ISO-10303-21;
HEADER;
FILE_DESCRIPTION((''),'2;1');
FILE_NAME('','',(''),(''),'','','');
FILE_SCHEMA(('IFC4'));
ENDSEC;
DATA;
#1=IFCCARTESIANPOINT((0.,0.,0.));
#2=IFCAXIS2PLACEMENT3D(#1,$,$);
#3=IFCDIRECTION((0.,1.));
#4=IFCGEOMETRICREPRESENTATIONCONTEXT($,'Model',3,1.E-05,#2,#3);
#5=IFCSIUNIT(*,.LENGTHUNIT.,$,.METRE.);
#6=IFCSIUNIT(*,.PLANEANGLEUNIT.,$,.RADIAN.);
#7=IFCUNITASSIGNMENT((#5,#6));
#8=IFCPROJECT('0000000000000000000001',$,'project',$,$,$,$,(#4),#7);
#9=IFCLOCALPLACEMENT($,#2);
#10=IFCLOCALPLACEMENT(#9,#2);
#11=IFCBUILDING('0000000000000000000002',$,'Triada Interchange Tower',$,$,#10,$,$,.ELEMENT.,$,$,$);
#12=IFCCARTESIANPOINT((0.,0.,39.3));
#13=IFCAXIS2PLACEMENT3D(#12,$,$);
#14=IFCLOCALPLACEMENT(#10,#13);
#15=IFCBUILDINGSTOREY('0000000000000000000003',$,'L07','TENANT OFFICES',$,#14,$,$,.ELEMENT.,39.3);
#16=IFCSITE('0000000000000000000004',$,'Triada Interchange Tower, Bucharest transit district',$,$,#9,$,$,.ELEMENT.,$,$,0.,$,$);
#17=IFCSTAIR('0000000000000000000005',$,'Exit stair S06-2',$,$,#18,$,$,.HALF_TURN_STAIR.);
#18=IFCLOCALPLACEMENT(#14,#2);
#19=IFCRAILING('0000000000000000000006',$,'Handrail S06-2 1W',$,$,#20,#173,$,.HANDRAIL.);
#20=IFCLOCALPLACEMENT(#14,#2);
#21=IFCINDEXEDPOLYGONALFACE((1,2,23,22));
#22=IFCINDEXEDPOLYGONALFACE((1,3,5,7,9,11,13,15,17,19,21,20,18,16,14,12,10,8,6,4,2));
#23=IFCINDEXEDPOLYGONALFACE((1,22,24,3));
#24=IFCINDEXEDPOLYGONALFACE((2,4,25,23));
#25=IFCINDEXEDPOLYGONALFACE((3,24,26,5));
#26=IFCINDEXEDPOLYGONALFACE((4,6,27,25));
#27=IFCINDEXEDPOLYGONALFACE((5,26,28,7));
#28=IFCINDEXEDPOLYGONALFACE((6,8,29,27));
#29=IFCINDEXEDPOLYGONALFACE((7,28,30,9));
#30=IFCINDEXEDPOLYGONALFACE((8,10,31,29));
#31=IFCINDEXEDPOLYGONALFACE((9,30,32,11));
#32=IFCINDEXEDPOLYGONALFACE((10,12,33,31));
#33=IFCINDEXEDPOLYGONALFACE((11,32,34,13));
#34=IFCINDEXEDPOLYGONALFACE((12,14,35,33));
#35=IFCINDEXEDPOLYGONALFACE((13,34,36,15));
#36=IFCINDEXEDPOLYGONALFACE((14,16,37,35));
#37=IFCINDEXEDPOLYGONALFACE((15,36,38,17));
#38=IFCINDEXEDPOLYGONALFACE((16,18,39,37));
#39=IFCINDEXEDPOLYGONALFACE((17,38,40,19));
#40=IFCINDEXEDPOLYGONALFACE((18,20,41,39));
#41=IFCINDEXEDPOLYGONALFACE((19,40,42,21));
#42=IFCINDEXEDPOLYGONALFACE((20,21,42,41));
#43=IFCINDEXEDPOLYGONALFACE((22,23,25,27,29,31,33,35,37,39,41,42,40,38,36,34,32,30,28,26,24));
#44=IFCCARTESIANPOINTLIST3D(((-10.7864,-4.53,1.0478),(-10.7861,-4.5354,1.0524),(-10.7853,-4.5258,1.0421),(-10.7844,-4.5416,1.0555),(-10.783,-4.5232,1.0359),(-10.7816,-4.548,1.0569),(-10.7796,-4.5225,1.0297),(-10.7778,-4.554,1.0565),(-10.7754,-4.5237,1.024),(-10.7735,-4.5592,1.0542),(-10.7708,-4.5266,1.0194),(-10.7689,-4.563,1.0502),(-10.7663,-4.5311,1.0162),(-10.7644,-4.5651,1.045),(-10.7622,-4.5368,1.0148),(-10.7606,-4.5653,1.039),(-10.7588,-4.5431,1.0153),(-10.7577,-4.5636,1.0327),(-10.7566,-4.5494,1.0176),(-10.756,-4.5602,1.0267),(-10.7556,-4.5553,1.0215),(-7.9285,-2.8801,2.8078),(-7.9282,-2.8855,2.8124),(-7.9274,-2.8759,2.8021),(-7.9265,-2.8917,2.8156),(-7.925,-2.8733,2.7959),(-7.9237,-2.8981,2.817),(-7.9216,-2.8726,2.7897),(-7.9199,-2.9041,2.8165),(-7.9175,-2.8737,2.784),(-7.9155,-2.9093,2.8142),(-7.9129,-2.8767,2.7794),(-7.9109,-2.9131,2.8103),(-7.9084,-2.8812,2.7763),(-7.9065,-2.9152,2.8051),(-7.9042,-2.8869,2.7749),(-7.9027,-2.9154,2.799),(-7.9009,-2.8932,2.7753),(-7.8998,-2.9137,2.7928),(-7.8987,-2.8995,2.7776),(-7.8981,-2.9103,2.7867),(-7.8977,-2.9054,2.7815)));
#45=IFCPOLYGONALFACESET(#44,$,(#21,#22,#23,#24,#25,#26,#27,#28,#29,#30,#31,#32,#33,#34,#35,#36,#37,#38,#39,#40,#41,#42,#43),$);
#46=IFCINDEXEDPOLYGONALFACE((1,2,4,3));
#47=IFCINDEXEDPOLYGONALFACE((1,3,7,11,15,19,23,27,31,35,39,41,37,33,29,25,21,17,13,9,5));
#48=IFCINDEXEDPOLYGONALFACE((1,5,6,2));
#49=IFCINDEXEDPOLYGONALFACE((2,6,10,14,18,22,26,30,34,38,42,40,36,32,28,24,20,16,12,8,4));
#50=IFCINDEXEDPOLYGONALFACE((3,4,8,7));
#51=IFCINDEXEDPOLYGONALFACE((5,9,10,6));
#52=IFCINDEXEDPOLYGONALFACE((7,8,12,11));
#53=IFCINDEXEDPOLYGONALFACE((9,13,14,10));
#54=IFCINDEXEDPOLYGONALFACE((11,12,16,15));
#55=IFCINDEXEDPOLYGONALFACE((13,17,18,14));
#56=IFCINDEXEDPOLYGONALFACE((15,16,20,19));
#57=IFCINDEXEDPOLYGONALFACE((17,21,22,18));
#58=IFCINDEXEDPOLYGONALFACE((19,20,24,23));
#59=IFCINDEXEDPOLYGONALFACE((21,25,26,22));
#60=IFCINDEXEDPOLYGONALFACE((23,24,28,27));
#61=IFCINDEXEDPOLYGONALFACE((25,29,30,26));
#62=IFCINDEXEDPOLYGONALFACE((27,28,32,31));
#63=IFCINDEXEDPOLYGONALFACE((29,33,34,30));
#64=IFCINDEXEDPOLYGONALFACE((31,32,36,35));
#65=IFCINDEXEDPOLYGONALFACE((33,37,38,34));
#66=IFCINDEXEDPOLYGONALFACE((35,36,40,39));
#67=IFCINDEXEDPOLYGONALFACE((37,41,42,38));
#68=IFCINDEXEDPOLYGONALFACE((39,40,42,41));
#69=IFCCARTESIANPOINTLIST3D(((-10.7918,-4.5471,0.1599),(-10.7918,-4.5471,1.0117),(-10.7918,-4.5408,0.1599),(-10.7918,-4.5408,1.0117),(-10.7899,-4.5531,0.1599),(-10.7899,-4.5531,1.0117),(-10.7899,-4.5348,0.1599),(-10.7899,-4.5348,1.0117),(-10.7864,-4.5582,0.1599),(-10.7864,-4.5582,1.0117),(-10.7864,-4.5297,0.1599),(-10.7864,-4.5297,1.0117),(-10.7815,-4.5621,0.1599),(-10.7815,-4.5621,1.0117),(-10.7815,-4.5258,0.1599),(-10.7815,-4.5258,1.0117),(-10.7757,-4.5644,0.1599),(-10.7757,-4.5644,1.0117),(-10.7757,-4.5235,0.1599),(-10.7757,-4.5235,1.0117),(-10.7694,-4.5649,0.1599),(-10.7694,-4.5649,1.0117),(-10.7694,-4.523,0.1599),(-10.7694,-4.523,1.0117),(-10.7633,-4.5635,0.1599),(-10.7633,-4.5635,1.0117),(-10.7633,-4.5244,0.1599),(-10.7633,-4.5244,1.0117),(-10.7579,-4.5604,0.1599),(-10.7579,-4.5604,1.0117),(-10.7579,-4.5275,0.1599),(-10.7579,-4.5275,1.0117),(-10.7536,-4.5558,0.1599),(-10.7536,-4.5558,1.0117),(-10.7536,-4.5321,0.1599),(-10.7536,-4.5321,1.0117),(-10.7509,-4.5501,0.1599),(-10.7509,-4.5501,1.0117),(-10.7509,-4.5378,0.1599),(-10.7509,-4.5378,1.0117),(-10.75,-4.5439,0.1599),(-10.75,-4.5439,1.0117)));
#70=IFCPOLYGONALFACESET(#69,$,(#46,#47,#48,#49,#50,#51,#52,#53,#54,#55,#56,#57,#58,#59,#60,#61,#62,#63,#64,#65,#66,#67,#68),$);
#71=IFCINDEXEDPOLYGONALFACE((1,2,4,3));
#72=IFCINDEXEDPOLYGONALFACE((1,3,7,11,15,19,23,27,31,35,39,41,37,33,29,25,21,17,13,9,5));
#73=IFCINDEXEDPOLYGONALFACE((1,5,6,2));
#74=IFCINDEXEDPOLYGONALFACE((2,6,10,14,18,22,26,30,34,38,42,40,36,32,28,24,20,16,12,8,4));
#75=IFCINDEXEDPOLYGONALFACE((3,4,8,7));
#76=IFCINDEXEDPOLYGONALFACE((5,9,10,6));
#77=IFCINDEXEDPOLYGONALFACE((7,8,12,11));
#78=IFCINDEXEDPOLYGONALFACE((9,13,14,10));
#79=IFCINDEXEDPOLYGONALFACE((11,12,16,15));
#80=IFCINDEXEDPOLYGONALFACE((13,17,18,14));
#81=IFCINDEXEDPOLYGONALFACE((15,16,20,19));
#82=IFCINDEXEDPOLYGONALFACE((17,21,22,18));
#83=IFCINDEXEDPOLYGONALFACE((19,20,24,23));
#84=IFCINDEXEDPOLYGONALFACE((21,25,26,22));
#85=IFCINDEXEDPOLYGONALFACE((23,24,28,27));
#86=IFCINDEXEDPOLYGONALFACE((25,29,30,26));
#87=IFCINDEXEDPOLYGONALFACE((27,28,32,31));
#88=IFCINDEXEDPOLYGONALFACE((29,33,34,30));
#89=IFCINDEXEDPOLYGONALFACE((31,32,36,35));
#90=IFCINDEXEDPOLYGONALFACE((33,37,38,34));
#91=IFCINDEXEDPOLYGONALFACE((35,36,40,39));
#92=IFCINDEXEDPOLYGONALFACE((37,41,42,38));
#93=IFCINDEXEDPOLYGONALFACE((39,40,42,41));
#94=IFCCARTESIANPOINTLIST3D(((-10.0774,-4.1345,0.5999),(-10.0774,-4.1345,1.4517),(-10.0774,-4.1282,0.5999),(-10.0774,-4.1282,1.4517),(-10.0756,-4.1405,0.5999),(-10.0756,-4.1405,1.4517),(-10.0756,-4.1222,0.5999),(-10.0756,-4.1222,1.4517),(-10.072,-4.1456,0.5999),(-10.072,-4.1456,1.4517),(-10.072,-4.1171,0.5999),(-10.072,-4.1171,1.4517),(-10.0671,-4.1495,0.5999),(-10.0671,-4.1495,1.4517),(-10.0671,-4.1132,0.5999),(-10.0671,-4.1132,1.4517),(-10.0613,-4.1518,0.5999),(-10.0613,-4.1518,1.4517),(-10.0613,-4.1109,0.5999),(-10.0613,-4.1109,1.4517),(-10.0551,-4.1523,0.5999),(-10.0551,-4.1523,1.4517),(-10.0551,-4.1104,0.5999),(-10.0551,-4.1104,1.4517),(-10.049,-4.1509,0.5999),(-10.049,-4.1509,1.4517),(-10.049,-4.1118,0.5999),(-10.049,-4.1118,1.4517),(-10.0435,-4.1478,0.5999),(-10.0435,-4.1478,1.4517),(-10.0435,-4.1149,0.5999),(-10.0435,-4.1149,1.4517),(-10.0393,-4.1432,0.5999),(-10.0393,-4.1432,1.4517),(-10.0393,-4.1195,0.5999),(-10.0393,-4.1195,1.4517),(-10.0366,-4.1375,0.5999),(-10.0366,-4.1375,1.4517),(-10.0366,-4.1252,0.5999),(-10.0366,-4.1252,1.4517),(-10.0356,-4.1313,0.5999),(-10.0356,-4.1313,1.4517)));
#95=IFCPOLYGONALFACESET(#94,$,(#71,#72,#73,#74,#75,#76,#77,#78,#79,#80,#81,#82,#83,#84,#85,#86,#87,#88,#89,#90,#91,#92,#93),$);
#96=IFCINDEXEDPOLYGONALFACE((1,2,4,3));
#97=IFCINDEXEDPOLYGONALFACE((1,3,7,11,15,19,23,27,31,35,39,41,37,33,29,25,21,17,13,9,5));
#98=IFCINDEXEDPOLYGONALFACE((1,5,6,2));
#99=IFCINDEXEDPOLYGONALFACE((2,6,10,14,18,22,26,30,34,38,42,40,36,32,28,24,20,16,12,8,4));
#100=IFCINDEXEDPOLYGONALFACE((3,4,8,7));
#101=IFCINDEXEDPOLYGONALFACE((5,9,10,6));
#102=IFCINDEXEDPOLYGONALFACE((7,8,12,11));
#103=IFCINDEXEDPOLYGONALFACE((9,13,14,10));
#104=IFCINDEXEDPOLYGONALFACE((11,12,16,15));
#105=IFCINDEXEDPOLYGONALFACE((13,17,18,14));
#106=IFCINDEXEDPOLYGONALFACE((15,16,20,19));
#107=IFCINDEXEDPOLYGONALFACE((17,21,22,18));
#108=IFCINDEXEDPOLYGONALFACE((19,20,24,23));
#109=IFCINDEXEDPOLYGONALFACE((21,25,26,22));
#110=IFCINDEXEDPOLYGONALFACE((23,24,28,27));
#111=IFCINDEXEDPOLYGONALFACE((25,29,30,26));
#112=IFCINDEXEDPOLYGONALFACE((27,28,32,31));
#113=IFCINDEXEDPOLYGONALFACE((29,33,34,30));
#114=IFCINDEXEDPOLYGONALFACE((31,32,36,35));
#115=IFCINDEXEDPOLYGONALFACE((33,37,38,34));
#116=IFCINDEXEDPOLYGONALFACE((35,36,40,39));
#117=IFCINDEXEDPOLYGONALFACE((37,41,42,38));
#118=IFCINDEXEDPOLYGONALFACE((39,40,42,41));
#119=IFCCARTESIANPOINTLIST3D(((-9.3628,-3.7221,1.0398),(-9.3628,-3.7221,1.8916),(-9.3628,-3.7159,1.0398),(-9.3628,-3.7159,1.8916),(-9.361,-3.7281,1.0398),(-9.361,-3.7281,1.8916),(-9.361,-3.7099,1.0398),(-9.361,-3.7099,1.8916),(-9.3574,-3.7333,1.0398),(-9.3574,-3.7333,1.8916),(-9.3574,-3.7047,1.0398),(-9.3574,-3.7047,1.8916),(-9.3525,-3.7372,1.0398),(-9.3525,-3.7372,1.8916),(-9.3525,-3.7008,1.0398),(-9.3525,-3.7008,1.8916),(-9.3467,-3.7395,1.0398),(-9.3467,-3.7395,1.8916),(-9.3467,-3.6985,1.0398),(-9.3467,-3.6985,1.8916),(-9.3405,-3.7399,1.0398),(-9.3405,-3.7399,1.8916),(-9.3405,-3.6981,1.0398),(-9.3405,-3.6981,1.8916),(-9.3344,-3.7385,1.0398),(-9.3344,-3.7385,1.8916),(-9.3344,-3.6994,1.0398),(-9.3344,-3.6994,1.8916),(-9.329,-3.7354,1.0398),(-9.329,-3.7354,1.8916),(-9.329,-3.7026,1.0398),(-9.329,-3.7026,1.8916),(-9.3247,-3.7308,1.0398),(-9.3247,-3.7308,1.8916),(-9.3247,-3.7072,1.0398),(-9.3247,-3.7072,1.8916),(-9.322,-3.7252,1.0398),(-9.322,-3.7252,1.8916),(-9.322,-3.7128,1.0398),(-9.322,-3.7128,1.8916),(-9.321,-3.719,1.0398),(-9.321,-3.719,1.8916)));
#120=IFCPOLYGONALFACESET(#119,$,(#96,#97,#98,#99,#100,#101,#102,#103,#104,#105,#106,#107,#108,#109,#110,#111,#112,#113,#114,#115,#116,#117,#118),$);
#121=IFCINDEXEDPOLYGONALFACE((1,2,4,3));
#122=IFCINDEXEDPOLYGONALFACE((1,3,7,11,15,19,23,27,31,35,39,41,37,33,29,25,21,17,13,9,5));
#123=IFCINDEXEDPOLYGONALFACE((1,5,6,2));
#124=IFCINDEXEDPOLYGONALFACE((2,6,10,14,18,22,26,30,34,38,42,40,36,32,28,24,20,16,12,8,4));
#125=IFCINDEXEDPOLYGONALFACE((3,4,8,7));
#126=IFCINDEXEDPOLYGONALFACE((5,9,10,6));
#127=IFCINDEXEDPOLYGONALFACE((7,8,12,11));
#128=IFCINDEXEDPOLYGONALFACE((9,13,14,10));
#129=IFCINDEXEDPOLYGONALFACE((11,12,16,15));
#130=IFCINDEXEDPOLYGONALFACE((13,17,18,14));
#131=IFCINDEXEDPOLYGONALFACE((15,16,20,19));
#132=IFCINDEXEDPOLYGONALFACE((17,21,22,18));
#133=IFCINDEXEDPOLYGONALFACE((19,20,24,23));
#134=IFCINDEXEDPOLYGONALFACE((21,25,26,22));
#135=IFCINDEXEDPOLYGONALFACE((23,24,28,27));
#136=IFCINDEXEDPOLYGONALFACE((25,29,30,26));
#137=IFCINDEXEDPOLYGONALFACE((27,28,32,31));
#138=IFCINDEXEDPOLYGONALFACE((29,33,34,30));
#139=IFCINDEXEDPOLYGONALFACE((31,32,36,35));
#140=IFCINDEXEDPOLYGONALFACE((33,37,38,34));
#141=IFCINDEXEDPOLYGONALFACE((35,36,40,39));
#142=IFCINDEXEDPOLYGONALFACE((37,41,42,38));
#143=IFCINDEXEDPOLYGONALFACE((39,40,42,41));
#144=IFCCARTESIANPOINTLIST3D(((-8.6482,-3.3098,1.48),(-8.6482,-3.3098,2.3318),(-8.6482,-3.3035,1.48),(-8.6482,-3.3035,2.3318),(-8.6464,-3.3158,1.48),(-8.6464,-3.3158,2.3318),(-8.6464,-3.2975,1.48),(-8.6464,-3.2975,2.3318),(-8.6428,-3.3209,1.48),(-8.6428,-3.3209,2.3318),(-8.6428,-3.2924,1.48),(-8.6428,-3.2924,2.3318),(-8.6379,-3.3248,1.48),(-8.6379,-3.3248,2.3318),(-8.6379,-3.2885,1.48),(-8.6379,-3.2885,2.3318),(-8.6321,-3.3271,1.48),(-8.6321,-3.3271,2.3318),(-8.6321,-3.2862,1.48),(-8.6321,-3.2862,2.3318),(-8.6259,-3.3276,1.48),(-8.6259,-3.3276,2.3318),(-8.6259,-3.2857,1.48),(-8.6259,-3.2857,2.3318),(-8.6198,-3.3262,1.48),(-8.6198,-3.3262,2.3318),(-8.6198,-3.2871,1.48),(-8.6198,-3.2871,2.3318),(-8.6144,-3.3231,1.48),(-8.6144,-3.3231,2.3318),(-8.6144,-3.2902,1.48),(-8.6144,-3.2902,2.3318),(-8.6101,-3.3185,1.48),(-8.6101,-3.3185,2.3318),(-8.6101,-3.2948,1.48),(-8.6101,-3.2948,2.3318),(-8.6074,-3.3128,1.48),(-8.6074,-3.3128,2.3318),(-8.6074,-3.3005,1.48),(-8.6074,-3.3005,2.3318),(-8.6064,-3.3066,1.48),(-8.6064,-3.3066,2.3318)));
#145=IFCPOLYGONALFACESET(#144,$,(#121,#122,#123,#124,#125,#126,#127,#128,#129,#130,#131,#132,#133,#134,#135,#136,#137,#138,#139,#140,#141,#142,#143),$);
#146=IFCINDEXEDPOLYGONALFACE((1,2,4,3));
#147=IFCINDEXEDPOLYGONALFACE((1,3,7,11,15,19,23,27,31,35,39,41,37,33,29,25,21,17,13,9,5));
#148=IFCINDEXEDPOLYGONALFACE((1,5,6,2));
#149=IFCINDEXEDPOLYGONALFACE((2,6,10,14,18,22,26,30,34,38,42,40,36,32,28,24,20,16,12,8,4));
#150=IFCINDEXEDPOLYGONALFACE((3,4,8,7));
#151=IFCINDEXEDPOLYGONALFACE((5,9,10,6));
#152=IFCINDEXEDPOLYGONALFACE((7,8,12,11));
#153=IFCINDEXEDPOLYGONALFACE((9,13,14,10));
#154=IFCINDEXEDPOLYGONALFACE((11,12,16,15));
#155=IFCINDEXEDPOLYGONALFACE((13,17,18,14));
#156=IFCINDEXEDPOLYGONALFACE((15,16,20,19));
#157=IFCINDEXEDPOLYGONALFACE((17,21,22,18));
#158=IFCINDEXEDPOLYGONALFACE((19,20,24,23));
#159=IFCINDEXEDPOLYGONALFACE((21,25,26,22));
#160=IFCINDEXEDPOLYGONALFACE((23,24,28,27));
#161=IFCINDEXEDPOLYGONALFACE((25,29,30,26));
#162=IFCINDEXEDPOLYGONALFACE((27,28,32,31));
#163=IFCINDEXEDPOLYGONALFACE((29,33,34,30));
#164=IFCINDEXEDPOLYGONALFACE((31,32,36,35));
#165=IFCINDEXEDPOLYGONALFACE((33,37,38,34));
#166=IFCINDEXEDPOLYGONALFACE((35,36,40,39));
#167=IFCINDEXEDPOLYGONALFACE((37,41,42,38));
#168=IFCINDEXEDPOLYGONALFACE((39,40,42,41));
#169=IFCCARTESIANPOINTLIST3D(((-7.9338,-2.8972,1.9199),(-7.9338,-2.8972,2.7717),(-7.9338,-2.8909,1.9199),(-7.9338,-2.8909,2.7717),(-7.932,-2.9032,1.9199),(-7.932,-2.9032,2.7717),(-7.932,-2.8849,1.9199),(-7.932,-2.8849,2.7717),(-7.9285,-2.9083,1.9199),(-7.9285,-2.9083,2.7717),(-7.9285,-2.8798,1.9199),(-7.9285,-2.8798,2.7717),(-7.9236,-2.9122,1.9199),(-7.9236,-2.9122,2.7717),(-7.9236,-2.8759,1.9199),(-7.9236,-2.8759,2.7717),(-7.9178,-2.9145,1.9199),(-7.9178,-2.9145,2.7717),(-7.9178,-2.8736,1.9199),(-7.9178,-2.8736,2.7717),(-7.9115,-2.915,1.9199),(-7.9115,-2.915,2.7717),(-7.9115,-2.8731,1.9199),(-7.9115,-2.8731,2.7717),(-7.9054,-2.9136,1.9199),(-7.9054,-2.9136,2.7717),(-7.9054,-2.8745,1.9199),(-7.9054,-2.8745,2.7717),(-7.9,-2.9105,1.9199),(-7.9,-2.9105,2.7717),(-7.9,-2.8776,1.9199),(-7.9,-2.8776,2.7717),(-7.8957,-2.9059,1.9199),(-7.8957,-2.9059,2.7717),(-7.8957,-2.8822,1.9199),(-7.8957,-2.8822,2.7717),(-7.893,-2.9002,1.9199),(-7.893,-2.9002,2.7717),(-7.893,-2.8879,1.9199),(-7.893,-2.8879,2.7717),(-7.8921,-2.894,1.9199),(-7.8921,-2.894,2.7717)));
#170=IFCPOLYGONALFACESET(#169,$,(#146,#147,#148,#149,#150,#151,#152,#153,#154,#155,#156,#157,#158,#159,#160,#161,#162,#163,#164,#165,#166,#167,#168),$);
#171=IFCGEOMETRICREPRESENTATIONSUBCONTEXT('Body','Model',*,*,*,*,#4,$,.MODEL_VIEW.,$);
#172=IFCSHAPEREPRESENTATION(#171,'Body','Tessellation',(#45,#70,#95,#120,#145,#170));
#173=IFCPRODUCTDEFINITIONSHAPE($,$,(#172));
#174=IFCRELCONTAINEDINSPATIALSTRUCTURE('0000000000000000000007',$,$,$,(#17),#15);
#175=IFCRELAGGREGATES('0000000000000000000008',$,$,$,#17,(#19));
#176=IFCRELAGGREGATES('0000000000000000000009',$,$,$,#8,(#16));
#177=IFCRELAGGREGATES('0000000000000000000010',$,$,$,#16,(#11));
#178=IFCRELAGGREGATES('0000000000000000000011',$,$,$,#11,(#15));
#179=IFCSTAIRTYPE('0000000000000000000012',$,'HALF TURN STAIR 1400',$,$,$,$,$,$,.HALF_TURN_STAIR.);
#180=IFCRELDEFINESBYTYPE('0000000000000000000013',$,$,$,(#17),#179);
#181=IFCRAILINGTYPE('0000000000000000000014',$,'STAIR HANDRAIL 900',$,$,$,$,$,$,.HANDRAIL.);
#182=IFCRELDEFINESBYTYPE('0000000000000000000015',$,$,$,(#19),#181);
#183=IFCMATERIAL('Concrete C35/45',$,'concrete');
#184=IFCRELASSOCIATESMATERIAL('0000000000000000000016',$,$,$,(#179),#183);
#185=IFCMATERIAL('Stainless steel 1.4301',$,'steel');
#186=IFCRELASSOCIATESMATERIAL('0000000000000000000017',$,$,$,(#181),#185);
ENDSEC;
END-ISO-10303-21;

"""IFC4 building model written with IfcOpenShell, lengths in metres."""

from ifc_helpers import new_model, si_unit, direction, frame, origin, origin_2d, place, context, subcontext, project, spatial, circle, extrude, material, type_object, element, aggregate, save


model = new_model("IFC4")

# Units and contexts
model_context = context("Model", 3, precision=1e-05, world=origin(), true_north=direction((0.0, 1.0)))
body_context = subcontext(model_context, "Body", "Model", "MODEL_VIEW")
ifc_project = project(units=[si_unit("LENGTHUNIT", "METRE"), si_unit("PLANEANGLEUNIT", "RADIAN")], contexts=[model_context])

# Site, building, storey
site_placement = place(None, origin())
site = spatial("IfcSite", under=ifc_project, at=site_placement, Name="Triada Interchange Tower, Bucharest transit district", CompositionType="ELEMENT", RefElevation=0.0)
building_placement = place(site_placement, origin())
building = spatial("IfcBuilding", under=site, at=building_placement, Name="Triada Interchange Tower", CompositionType="ELEMENT")
storey_placement = place(building_placement, frame((0.0, 0.0, 39.3)))
storey = spatial("IfcBuildingStorey", under=building, at=storey_placement, Name="L07", Description="TENANT OFFICES", CompositionType="ELEMENT", Elevation=39.3)

# Stair, railing
ifc_material_1 = material(Name="Concrete C35/45", Category="concrete")
stair_type = type_object("IfcStairType", Name="HALF TURN STAIR 1400", PredefinedType="HALF_TURN_STAIR", material=ifc_material_1)
stair_placement = place(storey_placement, origin())
stair = element("IfcStair", 1, at=stair_placement, inside=storey, type_object=stair_type, Name="Exit stair S06-2", PredefinedType="HALF_TURN_STAIR")
ifc_material_2 = material(Name="Stainless steel 1.4301", Category="steel")
railing_type = type_object("IfcRailingType", Name="STAIR HANDRAIL 900", PredefinedType="HANDRAIL", material=ifc_material_2)
railing_1_placement = place(storey_placement, frame((-10.771, -4.5439, 0.1599)))
railing_1 = element("IfcRailing", 2, at=railing_1_placement, type_object=railing_type, Name="Handrail S06-2 1W", PredefinedType="HANDRAIL", context=body_context, shape_type="SweptSolid", body=[
    extrude(circle(Radius=0.0239, at=origin_2d()), frame((0.0, 0.0, 0.876), z_axis=(0.764151, 0.441153, 0.470593), x_axis=(-0.499974, 0.86604, 0.0)), (0.0, 0.0, 1.0), 3.74),
    extrude(circle(Radius=0.021, at=origin_2d()), origin(), (0.0, 0.0, 1.0), 0.8518),
    extrude(circle(Radius=0.021, at=origin_2d()), frame((0.7144, 0.4126, 0.4399)), (0.0, 0.0, 1.0), 0.8518),
    extrude(circle(Radius=0.021, at=origin_2d()), frame((1.429, 0.825, 0.8799)), (0.0, 0.0, 1.0), 0.8518),
    extrude(circle(Radius=0.021, at=origin_2d()), frame((2.1436, 1.2373, 1.3201)), (0.0, 0.0, 1.0), 0.8518),
    extrude(circle(Radius=0.021, at=origin_2d()), frame((2.8579, 1.6499, 1.76)), (0.0, 0.0, 1.0), 0.8518),
])
aggregate(stair, [railing_1])

save(model, "model.ifc")
